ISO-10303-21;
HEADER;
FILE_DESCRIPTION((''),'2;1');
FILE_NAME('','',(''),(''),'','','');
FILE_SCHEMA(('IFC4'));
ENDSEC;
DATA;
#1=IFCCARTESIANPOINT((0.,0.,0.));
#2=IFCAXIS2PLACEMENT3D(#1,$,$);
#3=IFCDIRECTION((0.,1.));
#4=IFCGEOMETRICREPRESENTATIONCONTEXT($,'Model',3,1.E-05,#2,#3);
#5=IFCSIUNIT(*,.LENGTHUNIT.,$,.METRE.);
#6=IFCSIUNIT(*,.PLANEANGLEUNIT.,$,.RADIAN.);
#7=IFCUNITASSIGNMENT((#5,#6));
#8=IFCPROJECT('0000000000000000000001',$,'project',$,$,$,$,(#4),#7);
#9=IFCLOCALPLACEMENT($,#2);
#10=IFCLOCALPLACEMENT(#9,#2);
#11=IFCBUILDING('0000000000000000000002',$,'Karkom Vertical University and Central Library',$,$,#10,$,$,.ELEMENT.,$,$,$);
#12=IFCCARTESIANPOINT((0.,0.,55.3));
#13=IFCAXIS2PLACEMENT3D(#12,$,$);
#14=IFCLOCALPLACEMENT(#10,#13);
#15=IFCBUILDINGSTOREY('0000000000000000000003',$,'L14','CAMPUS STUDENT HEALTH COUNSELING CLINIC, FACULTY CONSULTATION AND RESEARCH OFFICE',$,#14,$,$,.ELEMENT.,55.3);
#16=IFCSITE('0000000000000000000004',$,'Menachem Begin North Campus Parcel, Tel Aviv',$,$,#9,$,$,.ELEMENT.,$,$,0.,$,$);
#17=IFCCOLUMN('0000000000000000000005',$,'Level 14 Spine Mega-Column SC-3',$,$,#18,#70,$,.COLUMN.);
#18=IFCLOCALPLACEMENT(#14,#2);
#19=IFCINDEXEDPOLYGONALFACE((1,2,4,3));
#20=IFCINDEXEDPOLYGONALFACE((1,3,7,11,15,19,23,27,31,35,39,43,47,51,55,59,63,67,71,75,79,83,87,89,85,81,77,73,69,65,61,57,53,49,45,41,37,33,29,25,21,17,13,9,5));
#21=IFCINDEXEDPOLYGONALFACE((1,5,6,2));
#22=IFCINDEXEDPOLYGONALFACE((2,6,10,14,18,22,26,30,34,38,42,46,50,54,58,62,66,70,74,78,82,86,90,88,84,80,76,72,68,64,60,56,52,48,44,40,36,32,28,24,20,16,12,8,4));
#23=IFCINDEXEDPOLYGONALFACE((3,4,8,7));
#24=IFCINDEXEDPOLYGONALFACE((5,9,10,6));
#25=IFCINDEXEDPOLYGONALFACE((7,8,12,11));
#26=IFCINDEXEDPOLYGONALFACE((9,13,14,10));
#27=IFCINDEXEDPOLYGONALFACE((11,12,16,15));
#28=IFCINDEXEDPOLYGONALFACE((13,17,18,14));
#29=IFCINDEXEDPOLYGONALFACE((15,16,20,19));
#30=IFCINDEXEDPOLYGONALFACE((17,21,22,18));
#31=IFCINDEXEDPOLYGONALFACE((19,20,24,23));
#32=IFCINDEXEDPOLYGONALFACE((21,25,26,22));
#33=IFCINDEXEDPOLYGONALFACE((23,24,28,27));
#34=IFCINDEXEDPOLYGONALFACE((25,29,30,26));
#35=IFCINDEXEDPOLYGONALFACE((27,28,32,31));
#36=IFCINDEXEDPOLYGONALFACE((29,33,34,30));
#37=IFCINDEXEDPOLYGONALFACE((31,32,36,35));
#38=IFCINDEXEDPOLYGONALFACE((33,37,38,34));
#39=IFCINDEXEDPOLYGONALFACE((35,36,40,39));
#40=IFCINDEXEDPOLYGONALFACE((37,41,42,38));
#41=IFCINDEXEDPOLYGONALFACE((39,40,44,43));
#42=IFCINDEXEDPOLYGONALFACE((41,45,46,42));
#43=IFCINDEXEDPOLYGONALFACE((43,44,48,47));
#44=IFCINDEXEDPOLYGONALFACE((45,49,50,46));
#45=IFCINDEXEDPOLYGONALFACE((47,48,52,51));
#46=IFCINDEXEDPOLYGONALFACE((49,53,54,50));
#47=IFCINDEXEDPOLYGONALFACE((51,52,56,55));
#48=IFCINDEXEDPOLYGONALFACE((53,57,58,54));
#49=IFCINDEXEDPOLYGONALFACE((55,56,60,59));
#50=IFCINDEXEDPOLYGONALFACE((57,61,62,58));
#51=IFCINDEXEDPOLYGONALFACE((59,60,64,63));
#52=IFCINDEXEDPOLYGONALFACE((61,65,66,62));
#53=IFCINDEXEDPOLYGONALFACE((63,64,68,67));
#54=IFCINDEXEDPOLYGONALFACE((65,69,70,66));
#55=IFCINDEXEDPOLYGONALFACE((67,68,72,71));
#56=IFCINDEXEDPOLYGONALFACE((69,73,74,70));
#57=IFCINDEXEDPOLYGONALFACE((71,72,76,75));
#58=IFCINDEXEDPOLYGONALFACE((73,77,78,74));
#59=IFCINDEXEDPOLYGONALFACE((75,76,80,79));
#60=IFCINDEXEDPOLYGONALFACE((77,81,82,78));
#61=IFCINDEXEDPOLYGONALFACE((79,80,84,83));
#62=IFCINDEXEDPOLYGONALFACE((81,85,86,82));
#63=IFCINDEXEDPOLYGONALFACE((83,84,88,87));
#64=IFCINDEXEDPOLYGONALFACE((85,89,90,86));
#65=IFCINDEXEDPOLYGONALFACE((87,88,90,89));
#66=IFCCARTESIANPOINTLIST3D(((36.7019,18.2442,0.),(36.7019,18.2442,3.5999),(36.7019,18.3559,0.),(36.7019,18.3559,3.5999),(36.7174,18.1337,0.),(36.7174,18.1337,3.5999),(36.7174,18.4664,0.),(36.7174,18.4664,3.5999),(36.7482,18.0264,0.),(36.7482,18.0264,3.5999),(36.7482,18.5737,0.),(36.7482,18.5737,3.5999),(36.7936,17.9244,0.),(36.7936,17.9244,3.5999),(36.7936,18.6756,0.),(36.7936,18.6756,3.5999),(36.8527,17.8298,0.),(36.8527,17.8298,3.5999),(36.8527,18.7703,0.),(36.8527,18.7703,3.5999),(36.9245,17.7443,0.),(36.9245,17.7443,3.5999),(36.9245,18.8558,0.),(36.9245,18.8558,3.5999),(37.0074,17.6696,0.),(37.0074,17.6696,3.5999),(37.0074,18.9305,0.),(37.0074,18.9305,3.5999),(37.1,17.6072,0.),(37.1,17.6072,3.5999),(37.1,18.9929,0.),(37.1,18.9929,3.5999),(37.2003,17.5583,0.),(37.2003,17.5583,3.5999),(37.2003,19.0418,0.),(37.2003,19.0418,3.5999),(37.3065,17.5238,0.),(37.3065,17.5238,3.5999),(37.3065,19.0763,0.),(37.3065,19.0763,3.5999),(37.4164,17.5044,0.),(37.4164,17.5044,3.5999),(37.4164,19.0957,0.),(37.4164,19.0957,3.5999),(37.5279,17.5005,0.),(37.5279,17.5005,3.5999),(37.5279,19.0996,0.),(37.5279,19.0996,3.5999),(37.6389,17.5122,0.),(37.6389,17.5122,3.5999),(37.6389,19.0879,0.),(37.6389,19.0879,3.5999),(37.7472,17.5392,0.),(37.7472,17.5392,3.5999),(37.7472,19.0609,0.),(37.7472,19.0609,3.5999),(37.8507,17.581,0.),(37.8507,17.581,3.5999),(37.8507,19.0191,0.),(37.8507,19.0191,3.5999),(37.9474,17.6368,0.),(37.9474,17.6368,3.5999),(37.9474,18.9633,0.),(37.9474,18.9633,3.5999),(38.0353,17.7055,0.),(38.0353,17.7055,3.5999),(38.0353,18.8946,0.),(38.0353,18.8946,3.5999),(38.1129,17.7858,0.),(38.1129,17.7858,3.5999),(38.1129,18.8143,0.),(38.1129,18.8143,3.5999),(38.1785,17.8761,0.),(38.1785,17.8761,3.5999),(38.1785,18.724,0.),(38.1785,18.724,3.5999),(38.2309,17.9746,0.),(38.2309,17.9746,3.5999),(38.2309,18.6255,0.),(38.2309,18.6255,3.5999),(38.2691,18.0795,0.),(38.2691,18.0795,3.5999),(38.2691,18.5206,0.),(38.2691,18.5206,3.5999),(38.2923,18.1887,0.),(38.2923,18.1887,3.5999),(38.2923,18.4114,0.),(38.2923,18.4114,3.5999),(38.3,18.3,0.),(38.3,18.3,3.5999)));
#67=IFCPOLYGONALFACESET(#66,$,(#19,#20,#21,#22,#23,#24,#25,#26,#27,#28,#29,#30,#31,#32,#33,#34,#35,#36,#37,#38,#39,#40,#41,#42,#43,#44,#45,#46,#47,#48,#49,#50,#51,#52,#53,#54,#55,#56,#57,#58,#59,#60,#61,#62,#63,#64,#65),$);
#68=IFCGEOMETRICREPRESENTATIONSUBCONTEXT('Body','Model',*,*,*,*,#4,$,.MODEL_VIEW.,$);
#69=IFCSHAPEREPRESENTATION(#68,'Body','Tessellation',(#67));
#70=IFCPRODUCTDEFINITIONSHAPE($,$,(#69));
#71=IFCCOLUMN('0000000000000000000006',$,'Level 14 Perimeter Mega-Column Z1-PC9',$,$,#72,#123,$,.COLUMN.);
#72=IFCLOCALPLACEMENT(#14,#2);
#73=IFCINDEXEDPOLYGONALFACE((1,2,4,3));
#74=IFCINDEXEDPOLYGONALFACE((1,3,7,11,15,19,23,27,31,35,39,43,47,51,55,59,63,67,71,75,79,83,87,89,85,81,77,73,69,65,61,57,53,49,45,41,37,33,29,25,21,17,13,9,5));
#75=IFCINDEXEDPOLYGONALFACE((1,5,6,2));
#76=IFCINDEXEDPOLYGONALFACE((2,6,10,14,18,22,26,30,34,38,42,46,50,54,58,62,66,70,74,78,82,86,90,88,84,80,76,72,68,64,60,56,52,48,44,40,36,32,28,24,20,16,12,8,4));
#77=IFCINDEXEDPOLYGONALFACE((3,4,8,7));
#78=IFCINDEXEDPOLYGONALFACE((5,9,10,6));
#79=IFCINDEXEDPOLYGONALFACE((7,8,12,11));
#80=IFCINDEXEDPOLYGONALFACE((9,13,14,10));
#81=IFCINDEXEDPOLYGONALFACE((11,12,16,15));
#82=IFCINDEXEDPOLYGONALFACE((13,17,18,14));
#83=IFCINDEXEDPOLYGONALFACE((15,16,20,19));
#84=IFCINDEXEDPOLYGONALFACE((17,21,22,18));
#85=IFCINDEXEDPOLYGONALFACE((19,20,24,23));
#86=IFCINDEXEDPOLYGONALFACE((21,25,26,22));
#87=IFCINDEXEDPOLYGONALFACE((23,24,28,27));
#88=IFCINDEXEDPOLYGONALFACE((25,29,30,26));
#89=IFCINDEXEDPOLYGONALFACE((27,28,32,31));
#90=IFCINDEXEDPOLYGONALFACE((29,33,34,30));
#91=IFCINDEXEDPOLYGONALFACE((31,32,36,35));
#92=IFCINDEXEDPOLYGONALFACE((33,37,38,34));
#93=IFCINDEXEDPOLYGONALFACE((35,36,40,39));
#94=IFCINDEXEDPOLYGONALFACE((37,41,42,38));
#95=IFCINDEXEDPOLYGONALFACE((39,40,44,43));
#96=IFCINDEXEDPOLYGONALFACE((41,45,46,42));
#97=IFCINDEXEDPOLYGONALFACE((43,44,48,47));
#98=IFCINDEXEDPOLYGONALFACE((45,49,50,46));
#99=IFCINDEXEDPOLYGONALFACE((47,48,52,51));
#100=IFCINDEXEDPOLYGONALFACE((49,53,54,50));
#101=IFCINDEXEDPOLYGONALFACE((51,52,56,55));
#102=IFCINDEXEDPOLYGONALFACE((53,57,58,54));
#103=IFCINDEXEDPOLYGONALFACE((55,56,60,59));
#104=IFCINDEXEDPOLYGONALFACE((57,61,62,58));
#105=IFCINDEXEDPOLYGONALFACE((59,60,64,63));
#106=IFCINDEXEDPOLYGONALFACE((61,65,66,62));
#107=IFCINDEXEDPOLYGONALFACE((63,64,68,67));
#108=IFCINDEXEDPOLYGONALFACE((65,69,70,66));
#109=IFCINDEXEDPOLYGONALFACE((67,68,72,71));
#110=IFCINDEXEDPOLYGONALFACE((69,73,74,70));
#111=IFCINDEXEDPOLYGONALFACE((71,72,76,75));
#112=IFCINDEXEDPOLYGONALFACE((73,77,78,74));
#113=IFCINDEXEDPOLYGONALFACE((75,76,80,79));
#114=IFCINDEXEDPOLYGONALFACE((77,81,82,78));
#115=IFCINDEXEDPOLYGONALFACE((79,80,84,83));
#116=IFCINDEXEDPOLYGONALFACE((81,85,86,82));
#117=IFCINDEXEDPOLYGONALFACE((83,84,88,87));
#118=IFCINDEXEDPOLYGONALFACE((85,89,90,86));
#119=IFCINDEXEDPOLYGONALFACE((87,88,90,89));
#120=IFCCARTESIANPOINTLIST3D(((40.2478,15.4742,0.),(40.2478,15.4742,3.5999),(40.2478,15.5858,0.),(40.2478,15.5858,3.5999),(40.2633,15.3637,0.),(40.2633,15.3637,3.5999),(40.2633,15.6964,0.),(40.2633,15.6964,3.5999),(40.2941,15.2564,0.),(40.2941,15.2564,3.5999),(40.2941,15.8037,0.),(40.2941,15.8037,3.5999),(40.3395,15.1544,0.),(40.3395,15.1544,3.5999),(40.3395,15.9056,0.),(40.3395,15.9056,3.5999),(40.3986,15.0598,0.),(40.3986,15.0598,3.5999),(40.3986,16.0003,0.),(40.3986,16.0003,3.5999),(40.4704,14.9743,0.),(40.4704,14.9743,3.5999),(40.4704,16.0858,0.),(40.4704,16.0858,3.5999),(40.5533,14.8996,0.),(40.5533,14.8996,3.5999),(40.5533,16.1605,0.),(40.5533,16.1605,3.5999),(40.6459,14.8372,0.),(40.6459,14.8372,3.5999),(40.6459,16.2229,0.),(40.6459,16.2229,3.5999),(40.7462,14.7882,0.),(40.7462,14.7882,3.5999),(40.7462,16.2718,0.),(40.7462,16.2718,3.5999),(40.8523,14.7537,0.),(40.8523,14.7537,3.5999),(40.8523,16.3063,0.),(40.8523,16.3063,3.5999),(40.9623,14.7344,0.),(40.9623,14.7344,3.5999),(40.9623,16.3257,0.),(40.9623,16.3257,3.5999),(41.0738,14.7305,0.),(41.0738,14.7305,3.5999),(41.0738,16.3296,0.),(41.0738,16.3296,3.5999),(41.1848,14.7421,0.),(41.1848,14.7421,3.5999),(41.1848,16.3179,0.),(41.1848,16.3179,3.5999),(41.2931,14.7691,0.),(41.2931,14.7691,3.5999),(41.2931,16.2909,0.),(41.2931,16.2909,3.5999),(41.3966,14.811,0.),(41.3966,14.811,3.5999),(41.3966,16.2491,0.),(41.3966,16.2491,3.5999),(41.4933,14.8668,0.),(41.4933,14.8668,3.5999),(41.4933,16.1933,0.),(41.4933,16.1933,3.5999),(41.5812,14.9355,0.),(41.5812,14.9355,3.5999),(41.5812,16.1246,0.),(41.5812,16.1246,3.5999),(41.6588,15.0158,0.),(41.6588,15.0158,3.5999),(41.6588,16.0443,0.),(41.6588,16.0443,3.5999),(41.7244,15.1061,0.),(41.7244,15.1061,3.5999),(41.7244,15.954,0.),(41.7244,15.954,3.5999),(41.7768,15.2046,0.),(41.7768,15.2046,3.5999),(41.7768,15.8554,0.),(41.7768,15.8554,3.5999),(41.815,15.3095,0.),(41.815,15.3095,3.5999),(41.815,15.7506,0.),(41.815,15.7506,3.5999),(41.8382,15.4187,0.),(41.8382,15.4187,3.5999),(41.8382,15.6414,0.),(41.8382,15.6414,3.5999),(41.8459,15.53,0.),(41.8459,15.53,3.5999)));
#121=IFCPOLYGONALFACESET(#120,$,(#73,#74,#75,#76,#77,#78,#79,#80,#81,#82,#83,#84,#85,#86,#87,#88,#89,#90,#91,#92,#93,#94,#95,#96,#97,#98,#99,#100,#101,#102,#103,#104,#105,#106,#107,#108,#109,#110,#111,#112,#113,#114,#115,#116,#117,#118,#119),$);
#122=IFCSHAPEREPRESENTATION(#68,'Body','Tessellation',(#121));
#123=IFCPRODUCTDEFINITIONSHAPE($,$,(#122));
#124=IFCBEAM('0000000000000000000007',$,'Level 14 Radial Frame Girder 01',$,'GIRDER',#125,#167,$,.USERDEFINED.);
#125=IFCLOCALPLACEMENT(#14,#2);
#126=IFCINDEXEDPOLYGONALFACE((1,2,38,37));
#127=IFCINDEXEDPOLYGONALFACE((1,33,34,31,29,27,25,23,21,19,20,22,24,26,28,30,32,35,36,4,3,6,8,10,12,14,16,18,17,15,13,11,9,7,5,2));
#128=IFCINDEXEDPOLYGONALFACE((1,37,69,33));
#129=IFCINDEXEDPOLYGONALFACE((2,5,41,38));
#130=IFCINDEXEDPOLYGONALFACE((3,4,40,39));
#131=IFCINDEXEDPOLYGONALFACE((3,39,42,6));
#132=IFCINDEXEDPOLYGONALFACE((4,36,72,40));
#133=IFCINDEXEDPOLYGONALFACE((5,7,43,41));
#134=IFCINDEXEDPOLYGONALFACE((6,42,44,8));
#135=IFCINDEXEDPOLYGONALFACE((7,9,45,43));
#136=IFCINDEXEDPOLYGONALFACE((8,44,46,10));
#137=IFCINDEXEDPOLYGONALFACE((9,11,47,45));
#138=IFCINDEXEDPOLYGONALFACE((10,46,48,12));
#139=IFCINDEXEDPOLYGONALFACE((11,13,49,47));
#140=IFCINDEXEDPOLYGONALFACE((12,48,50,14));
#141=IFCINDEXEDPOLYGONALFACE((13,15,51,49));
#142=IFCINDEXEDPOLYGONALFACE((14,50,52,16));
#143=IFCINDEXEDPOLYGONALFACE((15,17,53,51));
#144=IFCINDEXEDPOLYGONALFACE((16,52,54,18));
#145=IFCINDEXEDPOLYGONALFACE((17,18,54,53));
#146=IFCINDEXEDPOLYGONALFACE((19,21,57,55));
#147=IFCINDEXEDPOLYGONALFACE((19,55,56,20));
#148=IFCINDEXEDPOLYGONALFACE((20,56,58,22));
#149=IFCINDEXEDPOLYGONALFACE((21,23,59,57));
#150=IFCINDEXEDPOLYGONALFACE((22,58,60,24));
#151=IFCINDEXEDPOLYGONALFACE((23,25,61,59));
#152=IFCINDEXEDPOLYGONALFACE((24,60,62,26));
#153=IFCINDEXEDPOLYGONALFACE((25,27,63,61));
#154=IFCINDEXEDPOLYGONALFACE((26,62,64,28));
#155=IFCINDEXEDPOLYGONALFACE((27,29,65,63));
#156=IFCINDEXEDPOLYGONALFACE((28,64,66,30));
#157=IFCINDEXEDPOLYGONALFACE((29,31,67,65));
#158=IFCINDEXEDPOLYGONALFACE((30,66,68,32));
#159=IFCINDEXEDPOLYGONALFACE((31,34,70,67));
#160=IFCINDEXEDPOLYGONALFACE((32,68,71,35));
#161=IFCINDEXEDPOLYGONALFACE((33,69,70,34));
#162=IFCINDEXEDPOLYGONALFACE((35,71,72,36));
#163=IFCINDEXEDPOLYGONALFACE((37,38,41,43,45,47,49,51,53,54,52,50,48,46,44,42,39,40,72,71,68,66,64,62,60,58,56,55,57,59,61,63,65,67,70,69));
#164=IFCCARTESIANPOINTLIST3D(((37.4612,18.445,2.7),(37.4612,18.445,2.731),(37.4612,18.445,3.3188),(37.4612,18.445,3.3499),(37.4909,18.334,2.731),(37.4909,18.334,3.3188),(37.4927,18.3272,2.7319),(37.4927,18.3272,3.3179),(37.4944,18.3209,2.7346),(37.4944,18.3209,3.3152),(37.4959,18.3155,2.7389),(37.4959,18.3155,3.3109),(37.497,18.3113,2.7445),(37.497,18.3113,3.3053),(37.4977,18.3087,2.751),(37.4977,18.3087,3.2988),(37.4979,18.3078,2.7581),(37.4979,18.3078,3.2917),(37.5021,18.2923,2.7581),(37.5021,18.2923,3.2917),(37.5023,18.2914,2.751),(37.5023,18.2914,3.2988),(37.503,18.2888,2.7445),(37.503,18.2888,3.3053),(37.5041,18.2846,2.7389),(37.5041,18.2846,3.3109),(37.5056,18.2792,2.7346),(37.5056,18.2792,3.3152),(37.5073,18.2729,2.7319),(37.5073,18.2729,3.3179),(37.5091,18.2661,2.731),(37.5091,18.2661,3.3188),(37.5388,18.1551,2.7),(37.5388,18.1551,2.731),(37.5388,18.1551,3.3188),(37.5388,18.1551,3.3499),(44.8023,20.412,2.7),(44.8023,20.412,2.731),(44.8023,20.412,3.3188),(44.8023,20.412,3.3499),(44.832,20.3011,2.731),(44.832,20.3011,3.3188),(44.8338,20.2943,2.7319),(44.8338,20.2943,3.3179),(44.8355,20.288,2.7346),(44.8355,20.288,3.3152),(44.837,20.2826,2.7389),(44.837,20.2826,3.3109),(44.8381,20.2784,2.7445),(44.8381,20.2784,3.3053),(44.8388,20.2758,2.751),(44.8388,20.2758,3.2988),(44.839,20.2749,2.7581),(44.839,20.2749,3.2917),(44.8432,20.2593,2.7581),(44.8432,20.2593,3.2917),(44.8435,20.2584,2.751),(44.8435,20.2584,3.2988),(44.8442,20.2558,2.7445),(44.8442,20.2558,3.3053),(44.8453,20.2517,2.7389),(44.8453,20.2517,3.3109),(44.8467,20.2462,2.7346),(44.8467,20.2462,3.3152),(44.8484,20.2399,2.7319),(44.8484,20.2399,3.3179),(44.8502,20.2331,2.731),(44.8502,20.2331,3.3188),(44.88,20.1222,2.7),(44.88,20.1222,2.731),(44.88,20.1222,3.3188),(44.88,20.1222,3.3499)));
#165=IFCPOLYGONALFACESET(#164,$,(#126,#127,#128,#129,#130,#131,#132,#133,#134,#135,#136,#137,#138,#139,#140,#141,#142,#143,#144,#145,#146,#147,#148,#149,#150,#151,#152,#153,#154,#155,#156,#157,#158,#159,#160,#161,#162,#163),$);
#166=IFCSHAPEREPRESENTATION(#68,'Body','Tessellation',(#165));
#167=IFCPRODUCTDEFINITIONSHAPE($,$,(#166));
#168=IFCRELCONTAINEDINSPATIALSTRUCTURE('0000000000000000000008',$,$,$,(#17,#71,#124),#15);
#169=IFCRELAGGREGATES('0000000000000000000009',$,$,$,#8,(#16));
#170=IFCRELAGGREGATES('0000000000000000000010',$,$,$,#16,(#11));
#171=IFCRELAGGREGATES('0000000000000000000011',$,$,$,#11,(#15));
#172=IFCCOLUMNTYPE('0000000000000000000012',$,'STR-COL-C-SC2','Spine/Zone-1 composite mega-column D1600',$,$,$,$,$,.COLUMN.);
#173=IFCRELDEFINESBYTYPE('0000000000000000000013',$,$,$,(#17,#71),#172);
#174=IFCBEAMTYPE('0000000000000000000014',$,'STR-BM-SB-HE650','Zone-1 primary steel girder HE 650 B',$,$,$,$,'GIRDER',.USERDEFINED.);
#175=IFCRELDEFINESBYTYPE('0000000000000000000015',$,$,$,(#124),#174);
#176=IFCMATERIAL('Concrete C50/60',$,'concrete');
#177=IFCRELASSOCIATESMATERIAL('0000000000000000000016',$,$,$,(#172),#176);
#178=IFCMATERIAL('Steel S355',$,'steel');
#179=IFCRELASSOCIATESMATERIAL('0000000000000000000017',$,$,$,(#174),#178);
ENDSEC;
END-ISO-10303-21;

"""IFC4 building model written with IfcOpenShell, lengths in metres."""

from ifc_helpers import new_model, si_unit, direction, frame, origin, origin_with_axes, origin_2d, place, context, subcontext, project, spatial, circle, i_section, extrude, source, transform, mapped, material, material_profile, profile_set, type_object, element, save


model = new_model("IFC4")

# Units and contexts
model_context = context("Model", 3, precision=1e-05, world=origin(), true_north=direction((0.0, 1.0)))
body_context = subcontext(model_context, "Body", "Model", "MODEL_VIEW")
ifc_project = project(units=[si_unit("LENGTHUNIT", "METRE"), si_unit("PLANEANGLEUNIT", "RADIAN")], contexts=[model_context])

# Site, building, storey
site_placement = place(None, origin())
site = spatial("IfcSite", under=ifc_project, at=site_placement, Name="Menachem Begin North Campus Parcel, Tel Aviv", CompositionType="ELEMENT", RefElevation=0.0)
building_placement = place(site_placement, origin())
building = spatial("IfcBuilding", under=site, at=building_placement, Name="Karkom Vertical University and Central Library", CompositionType="ELEMENT")
storey_placement = place(building_placement, frame((0.0, 0.0, 55.3)))
storey = spatial("IfcBuildingStorey", under=building, at=storey_placement, Name="L14", Description="CAMPUS STUDENT HEALTH COUNSELING CLINIC, FACULTY CONSULTATION AND RESEARCH OFFICE", CompositionType="ELEMENT", Elevation=55.3)

# Columns
ifc_material_1 = material(Name="Concrete C50/60", Category="concrete")
ifc_material_profile_1 = material_profile(ifc_material_1, circle(Radius=0.8, at=origin_2d()), Name="CFT-D1600")
ifc_profile_set_1 = profile_set([ifc_material_profile_1], Name="Concrete C50/60")
column_type = type_object("IfcColumnType", Name="STR-COL-C-SC2", Description="Spine/Zone-1 composite mega-column D1600", PredefinedType="COLUMN", material=ifc_profile_set_1)
shared_shape_1 = source(origin_with_axes(), body_context, "Body", "SweptSolid", [
    extrude(circle(Radius=0.8, at=origin_2d()), origin(), (0.0, 0.0, 1.0), 3.5999),
])
for number, where, z_axis, x_axis, name in (
    (1, (37.5, 18.3, 0.0), (0.0, 0.0, 1.0), (1.0, 0.0, 0.0), "Level 14 Spine Mega-Column SC-3"),
    (2, (41.0459, 15.53, 0.0), (0.0, 0.0, 1.0), (1.0, 0.0, 0.0), "Level 14 Perimeter Mega-Column Z1-PC9"),
):
    element("IfcColumn", number, at=place(storey_placement, frame(where, z_axis=z_axis, x_axis=x_axis)), inside=storey, type_object=column_type, Name=name, PredefinedType="COLUMN", context=body_context, shape_type="MappedRepresentation", body=[
        mapped(shared_shape_1, transform((0.0, 0.0, 0.0), scale=1.0)),
    ])

# Beam
ifc_material_2 = material(Name="Steel S355", Category="steel")
ifc_material_profile_2 = material_profile(ifc_material_2, i_section(OverallWidth=0.3, OverallDepth=0.6499, WebThickness=0.0161, FlangeThickness=0.031, FilletRadius=0.0271, at=origin_2d()), Name="HE 650 B")
ifc_profile_set_2 = profile_set([ifc_material_profile_2], Name="Steel S355")
beam_type_1 = type_object("IfcBeamType", Name="STR-BM-SB-HE650", Description="Zone-1 primary steel girder HE 650 B", ElementType="GIRDER", PredefinedType="USERDEFINED", material=ifc_profile_set_2)
shared_shape_2 = source(origin_with_axes(), body_context, "Body", "SweptSolid", [
    extrude(i_section(OverallWidth=0.3, OverallDepth=0.6499, WebThickness=0.0161, FlangeThickness=0.031, FilletRadius=0.0271, at=origin_2d()), origin(), (0.0, 0.0, 1.0), 7.6001),
])
beam_1_placement = place(storey_placement, frame((37.5, 18.3, 3.0249), z_axis=(0.965926, 0.25882, 0.0), x_axis=(-0.25882, 0.965926, 0.0)))
element("IfcBeam", 3, at=beam_1_placement, inside=storey, type_object=beam_type_1, Name="Level 14 Radial Frame Girder 01", ObjectType="GIRDER", PredefinedType="USERDEFINED", context=body_context, shape_type="MappedRepresentation", body=[
    mapped(shared_shape_2, transform((0.0, 0.0, 0.0), scale=1.0)),
])

save(model, "model.ifc")
